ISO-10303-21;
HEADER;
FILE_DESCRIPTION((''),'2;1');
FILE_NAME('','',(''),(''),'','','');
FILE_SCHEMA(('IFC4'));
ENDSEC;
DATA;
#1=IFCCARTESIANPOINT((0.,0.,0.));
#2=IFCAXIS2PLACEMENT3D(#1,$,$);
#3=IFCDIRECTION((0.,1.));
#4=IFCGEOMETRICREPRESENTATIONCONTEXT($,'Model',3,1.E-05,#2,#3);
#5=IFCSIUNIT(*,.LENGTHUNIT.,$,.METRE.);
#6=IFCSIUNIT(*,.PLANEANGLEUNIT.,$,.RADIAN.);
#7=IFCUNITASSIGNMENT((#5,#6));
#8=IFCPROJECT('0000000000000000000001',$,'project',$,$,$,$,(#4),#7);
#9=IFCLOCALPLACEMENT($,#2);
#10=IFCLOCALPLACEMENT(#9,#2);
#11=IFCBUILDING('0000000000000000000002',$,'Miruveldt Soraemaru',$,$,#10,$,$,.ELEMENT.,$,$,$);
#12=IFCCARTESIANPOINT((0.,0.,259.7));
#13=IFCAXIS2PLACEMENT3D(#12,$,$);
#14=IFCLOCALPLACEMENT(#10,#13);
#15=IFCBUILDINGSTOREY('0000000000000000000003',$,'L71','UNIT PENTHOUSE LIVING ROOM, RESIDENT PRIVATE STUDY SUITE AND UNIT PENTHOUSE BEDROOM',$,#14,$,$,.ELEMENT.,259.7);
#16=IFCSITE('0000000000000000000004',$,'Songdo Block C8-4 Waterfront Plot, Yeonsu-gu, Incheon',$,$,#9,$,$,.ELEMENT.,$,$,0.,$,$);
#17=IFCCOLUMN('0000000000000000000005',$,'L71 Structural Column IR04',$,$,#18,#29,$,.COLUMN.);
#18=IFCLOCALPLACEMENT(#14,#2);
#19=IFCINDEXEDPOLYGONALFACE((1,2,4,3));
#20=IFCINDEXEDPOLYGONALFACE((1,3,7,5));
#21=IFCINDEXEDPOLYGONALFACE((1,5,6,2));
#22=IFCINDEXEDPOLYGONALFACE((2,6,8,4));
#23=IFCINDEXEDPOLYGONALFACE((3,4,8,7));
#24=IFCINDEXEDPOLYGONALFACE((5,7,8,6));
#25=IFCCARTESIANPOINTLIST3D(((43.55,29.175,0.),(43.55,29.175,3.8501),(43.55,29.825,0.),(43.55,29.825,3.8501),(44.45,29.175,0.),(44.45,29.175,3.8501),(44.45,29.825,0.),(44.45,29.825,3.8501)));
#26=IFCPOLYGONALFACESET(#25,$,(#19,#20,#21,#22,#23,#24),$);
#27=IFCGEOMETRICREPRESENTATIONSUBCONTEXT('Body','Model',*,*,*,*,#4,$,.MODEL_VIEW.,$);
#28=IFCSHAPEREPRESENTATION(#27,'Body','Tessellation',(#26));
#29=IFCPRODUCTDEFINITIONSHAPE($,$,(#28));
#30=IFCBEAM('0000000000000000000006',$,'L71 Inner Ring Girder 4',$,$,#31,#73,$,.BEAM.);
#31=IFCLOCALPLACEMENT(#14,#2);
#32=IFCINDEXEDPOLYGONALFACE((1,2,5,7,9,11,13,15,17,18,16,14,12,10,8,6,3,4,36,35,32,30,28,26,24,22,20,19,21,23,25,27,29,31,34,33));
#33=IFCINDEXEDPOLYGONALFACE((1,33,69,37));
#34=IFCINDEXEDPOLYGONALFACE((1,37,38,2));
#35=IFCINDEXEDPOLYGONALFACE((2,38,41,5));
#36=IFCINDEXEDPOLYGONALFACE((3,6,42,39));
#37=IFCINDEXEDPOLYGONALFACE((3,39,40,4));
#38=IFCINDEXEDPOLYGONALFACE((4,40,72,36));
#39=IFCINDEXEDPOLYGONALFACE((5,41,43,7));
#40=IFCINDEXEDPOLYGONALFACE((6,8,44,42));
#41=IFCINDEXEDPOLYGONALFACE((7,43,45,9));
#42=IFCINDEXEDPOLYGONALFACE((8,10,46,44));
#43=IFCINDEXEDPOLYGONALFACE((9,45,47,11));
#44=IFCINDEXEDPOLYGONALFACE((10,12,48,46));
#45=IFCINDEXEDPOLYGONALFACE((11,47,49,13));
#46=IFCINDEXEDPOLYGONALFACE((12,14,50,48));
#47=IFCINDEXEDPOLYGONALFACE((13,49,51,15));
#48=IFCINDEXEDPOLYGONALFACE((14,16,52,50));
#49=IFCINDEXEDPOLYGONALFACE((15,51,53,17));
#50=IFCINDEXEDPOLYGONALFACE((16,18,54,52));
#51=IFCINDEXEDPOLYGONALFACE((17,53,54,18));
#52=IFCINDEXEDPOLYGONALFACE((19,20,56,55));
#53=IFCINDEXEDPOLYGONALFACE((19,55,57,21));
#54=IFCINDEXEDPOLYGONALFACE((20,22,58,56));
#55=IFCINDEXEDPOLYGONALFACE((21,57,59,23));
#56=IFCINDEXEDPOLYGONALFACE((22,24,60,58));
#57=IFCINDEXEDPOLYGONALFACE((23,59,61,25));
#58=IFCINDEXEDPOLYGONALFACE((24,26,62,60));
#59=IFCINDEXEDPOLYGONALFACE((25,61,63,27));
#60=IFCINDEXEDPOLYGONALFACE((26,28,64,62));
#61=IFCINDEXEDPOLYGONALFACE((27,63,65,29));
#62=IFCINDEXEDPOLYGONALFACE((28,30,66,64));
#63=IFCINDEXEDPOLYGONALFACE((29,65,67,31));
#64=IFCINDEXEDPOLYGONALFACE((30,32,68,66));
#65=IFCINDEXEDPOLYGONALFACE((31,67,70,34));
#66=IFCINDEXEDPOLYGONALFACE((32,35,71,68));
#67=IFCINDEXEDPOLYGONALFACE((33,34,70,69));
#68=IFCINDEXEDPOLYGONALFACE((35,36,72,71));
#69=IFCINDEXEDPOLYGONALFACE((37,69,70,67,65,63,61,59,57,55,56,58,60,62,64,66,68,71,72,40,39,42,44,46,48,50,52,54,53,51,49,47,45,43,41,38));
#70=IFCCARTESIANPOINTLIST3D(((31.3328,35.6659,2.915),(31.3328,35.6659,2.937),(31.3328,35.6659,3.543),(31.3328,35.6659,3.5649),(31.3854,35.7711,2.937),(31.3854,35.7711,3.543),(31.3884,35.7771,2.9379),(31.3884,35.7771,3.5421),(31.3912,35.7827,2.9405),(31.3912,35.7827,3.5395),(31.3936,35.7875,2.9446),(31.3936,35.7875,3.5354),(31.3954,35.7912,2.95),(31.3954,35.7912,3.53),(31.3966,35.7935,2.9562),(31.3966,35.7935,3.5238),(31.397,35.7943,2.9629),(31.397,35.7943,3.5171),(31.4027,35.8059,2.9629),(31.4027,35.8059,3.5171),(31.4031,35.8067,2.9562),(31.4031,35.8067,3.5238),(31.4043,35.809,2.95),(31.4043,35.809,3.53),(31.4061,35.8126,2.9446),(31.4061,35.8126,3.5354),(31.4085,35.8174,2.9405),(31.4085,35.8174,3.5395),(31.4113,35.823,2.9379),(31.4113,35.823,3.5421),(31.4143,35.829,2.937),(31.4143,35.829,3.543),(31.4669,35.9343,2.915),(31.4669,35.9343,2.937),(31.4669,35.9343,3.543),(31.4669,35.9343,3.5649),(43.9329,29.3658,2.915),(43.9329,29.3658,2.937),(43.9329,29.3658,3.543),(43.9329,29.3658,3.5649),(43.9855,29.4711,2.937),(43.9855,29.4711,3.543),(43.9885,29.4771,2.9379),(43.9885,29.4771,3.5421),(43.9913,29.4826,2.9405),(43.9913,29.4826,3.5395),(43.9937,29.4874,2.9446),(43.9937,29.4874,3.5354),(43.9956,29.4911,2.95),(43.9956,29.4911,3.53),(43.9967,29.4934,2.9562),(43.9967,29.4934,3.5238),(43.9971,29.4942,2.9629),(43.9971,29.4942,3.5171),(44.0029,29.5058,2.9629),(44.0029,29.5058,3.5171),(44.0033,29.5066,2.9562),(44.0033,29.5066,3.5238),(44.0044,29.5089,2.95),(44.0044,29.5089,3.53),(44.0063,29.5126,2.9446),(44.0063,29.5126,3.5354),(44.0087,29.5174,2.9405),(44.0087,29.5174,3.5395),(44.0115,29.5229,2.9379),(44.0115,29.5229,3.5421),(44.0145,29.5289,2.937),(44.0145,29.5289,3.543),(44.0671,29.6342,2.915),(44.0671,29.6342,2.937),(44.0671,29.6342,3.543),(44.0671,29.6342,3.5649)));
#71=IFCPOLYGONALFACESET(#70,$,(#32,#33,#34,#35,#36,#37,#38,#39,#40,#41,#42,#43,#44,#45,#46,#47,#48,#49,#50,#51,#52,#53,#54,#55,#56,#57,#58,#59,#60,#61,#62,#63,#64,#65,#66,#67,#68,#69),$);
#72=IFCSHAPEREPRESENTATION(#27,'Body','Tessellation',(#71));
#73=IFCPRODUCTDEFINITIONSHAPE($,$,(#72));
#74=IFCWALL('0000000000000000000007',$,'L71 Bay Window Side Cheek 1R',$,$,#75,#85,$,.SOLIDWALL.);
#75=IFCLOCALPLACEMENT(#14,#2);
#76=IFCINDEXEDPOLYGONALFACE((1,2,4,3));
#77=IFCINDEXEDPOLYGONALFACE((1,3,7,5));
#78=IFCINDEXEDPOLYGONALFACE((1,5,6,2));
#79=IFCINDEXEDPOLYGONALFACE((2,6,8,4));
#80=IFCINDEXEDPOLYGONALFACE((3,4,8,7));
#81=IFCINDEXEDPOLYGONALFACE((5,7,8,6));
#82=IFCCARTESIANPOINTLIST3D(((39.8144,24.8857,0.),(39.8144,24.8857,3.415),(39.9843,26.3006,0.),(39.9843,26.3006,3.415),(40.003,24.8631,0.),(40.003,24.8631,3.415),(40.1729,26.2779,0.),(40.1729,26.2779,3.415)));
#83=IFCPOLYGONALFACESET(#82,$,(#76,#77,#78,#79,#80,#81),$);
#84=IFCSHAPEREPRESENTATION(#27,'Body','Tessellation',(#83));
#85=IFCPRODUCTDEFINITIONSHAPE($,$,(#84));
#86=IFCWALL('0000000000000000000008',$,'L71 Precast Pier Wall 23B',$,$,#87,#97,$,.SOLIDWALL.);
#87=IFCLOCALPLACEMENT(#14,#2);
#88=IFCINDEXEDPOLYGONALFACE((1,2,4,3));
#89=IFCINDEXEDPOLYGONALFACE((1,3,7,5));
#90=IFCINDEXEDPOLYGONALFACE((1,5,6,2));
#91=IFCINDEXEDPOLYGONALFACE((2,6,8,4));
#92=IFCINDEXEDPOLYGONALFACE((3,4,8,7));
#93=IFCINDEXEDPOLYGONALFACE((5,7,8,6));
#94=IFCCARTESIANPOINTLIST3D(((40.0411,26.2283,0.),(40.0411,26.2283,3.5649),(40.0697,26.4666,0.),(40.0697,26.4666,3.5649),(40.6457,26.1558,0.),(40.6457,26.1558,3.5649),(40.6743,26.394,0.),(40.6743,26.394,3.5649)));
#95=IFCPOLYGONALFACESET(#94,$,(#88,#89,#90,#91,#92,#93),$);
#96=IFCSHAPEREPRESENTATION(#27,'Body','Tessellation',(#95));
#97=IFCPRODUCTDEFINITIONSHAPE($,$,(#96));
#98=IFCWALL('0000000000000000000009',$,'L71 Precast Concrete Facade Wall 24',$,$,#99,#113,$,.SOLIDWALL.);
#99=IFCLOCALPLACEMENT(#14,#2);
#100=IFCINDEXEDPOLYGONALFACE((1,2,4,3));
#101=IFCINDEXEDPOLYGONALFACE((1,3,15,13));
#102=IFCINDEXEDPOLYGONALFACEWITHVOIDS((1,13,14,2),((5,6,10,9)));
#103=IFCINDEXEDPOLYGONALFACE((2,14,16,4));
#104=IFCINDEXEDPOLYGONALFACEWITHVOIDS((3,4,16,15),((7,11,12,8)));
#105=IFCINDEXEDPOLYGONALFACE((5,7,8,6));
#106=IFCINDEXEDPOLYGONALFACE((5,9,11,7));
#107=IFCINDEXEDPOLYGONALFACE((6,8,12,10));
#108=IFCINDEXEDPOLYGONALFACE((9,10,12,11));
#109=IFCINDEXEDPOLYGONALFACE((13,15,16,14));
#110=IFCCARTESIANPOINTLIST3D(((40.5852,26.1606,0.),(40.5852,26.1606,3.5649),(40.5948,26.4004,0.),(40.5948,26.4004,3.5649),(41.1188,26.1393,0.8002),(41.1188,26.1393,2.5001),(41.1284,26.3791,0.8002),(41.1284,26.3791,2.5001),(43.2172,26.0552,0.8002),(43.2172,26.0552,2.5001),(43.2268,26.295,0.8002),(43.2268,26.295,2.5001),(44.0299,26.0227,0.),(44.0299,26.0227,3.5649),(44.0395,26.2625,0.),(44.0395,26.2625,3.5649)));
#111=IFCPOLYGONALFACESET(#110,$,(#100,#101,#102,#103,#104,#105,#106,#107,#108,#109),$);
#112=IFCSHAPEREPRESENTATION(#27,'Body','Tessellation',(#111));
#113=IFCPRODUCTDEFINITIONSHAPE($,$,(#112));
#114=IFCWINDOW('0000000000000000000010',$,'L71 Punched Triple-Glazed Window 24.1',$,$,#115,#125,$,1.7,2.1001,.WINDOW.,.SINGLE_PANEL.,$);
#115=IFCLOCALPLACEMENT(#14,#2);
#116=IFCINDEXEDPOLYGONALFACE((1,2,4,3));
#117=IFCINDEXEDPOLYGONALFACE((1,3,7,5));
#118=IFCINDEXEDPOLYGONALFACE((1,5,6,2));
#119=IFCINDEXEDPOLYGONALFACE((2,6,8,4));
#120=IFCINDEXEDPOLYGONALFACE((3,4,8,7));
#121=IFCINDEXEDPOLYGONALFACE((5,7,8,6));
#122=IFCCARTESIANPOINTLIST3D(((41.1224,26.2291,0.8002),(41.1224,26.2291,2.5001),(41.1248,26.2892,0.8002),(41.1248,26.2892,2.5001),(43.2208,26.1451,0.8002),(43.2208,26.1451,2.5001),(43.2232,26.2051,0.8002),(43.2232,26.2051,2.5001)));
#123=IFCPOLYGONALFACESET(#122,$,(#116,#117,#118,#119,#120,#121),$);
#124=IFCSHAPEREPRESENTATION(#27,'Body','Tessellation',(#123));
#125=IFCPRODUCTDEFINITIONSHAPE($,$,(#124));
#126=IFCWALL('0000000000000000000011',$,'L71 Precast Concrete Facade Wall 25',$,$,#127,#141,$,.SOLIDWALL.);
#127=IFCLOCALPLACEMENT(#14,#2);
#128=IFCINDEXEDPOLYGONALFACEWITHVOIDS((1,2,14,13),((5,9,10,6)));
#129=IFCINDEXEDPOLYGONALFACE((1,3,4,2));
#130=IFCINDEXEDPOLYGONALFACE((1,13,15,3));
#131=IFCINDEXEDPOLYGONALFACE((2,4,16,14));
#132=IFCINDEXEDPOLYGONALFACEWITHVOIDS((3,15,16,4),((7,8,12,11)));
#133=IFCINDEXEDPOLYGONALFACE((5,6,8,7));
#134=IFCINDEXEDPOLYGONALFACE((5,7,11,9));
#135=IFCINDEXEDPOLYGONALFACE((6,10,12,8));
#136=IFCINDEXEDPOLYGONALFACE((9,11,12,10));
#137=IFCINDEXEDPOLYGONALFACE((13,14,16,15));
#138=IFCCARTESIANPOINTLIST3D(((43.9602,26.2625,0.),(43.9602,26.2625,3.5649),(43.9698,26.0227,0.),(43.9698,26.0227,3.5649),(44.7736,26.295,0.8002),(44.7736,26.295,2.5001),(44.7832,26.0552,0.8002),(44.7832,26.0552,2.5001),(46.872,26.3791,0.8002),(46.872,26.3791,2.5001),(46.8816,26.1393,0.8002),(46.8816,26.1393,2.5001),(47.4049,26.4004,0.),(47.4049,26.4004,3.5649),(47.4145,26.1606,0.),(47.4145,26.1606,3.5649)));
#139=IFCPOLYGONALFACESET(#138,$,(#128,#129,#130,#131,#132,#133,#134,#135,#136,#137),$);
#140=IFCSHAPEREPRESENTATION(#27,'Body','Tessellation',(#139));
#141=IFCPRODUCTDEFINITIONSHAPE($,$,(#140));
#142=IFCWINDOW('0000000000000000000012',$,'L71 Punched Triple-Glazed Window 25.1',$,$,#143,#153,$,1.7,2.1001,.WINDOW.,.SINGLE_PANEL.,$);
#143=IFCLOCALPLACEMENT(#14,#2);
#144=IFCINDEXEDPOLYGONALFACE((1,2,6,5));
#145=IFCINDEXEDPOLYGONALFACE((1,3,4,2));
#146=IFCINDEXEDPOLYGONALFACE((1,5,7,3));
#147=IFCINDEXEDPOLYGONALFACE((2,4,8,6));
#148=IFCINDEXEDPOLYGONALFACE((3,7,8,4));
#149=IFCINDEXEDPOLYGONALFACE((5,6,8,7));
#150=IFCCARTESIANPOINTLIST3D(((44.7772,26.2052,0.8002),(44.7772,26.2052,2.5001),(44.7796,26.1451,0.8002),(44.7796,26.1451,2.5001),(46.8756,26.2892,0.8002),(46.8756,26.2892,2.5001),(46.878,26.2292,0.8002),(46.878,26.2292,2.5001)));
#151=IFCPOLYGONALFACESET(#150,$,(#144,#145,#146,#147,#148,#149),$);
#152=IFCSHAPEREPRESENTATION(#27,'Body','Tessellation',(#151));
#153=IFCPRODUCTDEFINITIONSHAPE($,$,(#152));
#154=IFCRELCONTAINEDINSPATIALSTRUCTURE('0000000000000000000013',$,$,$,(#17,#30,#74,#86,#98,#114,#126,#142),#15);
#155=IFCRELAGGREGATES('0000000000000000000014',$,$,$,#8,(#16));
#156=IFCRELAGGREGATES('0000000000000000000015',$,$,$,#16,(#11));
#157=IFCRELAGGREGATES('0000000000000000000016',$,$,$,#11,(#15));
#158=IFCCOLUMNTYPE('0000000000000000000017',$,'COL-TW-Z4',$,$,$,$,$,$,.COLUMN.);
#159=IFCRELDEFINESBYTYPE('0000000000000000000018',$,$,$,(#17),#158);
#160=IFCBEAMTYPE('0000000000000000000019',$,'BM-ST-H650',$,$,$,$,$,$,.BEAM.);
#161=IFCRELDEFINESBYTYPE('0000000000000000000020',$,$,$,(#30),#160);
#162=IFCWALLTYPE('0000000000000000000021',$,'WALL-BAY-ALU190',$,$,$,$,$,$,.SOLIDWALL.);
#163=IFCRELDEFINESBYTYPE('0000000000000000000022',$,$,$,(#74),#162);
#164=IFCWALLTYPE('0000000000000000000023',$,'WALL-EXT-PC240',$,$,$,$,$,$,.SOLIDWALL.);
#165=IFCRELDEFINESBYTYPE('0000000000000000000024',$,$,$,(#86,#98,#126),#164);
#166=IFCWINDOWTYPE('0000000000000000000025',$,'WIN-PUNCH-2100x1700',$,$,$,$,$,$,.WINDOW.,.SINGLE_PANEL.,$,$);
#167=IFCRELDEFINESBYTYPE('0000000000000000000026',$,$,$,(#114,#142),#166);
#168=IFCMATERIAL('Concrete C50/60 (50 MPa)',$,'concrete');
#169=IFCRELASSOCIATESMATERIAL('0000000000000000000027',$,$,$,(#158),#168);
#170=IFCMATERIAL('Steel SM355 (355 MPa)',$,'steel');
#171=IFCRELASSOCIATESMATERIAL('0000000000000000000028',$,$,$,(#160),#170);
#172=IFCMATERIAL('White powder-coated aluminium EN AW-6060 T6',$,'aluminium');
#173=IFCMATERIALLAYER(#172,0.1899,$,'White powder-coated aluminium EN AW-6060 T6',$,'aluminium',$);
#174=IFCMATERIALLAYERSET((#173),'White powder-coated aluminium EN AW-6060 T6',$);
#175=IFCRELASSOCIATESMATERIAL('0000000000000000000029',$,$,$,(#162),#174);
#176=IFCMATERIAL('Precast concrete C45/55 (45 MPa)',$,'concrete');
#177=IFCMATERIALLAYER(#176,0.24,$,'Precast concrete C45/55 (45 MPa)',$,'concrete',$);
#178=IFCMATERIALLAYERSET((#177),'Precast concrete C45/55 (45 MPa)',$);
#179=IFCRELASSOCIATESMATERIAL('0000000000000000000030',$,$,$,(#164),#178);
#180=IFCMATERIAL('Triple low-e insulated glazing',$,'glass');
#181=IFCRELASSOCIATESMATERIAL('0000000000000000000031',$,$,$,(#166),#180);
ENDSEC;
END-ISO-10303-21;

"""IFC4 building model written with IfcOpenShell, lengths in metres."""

from ifc_helpers import new_model, si_unit, direction, frame, frame_2d, origin, origin_2d, place, context, subcontext, project, spatial, rectangle, i_section, extrude, material, layer, layer_set, material_profile, profile_set, type_object, element, fill, save


model = new_model("IFC4")

# Units and contexts
model_context = context("Model", 3, precision=1e-05, world=origin(), true_north=direction((0.0, 1.0)))
body_context = subcontext(model_context, "Body", "Model", "MODEL_VIEW")
ifc_project = project(units=[si_unit("LENGTHUNIT", "METRE"), si_unit("PLANEANGLEUNIT", "RADIAN")], contexts=[model_context])

# Site, building, storey
site_placement = place(None, origin())
site = spatial("IfcSite", under=ifc_project, at=site_placement, Name="Songdo Block C8-4 Waterfront Plot, Yeonsu-gu, Incheon", CompositionType="ELEMENT", RefElevation=0.0)
building_placement = place(site_placement, origin())
building = spatial("IfcBuilding", under=site, at=building_placement, Name="Miruveldt Soraemaru", CompositionType="ELEMENT")
storey_placement = place(building_placement, frame((0.0, 0.0, 259.7)))
storey = spatial("IfcBuildingStorey", under=building, at=storey_placement, Name="L71", Description="UNIT PENTHOUSE LIVING ROOM, RESIDENT PRIVATE STUDY SUITE AND UNIT PENTHOUSE BEDROOM", CompositionType="ELEMENT", Elevation=259.7)

# Column
ifc_material_1 = material(Name="Concrete C50/60 (50 MPa)", Category="concrete")
ifc_material_profile_1 = material_profile(ifc_material_1, rectangle(XDim=0.8999, YDim=0.6499, at=origin_2d()), Name="Concrete C50/60 (50 MPa)", Category="concrete")
ifc_profile_set_1 = profile_set([ifc_material_profile_1], Name="Concrete C50/60 (50 MPa)")
column_type = type_object("IfcColumnType", Name="COL-TW-Z4", PredefinedType="COLUMN", material=ifc_profile_set_1)
column_placement = place(storey_placement, frame((44.0, 29.5, 0.0), z_axis=(0.0, 0.0, 1.0), x_axis=(1.0, 0.0, 0.0)))
element("IfcColumn", 1, at=column_placement, inside=storey, type_object=column_type, Name="L71 Structural Column IR04", PredefinedType="COLUMN", context=body_context, shape_type="SweptSolid", body=[
    extrude(rectangle(XDim=0.8999, YDim=0.6499, at=origin_2d()), origin(), (0.0, 0.0, 1.0), 3.8501),
])

# Beam
ifc_material_2 = material(Name="Steel SM355 (355 MPa)", Category="steel")
ifc_material_profile_2 = material_profile(ifc_material_2, i_section(OverallWidth=0.3, OverallDepth=0.6499, WebThickness=0.0129, FlangeThickness=0.022, FilletRadius=0.0259, at=origin_2d()), Name="Steel SM355 (355 MPa)", Category="steel")
ifc_profile_set_2 = profile_set([ifc_material_profile_2], Name="Steel SM355 (355 MPa)")
beam_type = type_object("IfcBeamType", Name="BM-ST-H650", PredefinedType="BEAM", material=ifc_profile_set_2)
beam_placement = place(storey_placement, frame((44.0, 29.5, 3.24), z_axis=(-0.894427, 0.447214, 0.0), x_axis=(-0.447214, -0.894427, 0.0)))
element("IfcBeam", 2, at=beam_placement, inside=storey, type_object=beam_type, Name="L71 Inner Ring Girder 4", PredefinedType="BEAM", context=body_context, shape_type="SweptSolid", body=[
    extrude(i_section(OverallWidth=0.3, OverallDepth=0.6499, WebThickness=0.0129, FlangeThickness=0.022, FilletRadius=0.0259, at=origin_2d()), origin(), (0.0, 0.0, 1.0), 14.0874),
])

# Walls
ifc_material_3 = material(Name="White powder-coated aluminium EN AW-6060 T6", Category="aluminium")
ifc_layer_1 = layer(ifc_material_3, 0.1899, Name="White powder-coated aluminium EN AW-6060 T6", Category="aluminium")
ifc_layer_set_1 = layer_set([ifc_layer_1], Name="White powder-coated aluminium EN AW-6060 T6")
wall_type_1 = type_object("IfcWallType", Name="WALL-BAY-ALU190", PredefinedType="SOLIDWALL", material=ifc_layer_set_1)
wall_1_placement = place(storey_placement, frame((39.9087, 24.8745, 0.0), z_axis=(0.0, 0.0, 1.0), x_axis=(0.119247, 0.992865, 0.0)))
element("IfcWall", 3, at=wall_1_placement, inside=storey, type_object=wall_type_1, Name="L71 Bay Window Side Cheek 1R", PredefinedType="SOLIDWALL", context=body_context, shape_type="SweptSolid", body=[
    extrude(rectangle(XDim=1.425, YDim=0.1899, at=frame_2d((0.7124, 0.0))), origin(), (0.0, 0.0, 1.0), 3.415),
])
ifc_material_4 = material(Name="Precast concrete C45/55 (45 MPa)", Category="concrete")
ifc_layer_2 = layer(ifc_material_4, 0.24, Name="Precast concrete C45/55 (45 MPa)", Category="concrete")
ifc_layer_set_2 = layer_set([ifc_layer_2], Name="Precast concrete C45/55 (45 MPa)")
wall_type_2 = type_object("IfcWallType", Name="WALL-EXT-PC240", PredefinedType="SOLIDWALL", material=ifc_layer_set_2)
wall_2_placement = place(storey_placement, frame((40.0554, 26.3474, 0.0), z_axis=(0.0, 0.0, 1.0), x_axis=(0.992883, -0.119098, 0.0)))
element("IfcWall", 4, at=wall_2_placement, inside=storey, type_object=wall_type_2, Name="L71 Precast Pier Wall 23B", PredefinedType="SOLIDWALL", context=body_context, shape_type="SweptSolid", body=[
    extrude(rectangle(XDim=0.6089, YDim=0.24, at=frame_2d((0.3044, 0.0))), origin(), (0.0, 0.0, 1.0), 3.5649),
])

# Walls, openings, windows
wall_3_placement = place(storey_placement, frame((40.5901, 26.2805, 0.0), z_axis=(0.0, 0.0, 1.0), x_axis=(0.999199, -0.04001, 0.0)))
wall_3 = element("IfcWall", 5, at=wall_3_placement, inside=storey, type_object=wall_type_2, Name="L71 Precast Concrete Facade Wall 24", PredefinedType="SOLIDWALL", context=body_context, shape_type="SweptSolid", body=[
    extrude(rectangle(XDim=3.4475, YDim=0.24, at=frame_2d((1.7236, 0.0))), origin(), (0.0, 0.0, 1.0), 3.5649),
])
opening_1_placement = place(wall_3_placement, frame((0.5339, 0.0, 0.8)))
opening_1 = element("IfcOpeningElement", 6, at=opening_1_placement, cuts=wall_3, PredefinedType="OPENING", context=body_context, shape_type="SweptSolid", body=[
    extrude(rectangle(XDim=2.1001, YDim=1.7, at=frame_2d((1.05, 0.8501))), frame((0.0, 0.1299, 0.0), z_axis=(0.0, -1.0, 0.0), x_axis=(1.0, 0.0, 0.0)), (0.0, 0.0, 1.0), 0.26),
])
ifc_material_5 = material(Name="Triple low-e insulated glazing", Category="glass")
window_type = type_object("IfcWindowType", Name="WIN-PUNCH-2100x1700", PartitioningType="SINGLE_PANEL", PredefinedType="WINDOW", material=ifc_material_5)
window_1_placement = place(opening_1_placement, origin())
window_1 = element("IfcWindow", 7, at=window_1_placement, inside=storey, type_object=window_type, Name="L71 Punched Triple-Glazed Window 24.1", OverallHeight=1.7, OverallWidth=2.1001, PartitioningType="SINGLE_PANEL", PredefinedType="WINDOW", context=body_context, shape_type="SweptSolid", body=[
    extrude(rectangle(XDim=2.1001, YDim=1.7, at=frame_2d((1.05, 0.8501))), frame((0.0, 0.03, 0.0), z_axis=(0.0, -1.0, 0.0), x_axis=(1.0, 0.0, 0.0)), (0.0, 0.0, 1.0), 0.0601),
])
fill(opening_1, window_1)
wall_4_placement = place(storey_placement, frame((43.9651, 26.1426, 0.0), z_axis=(0.0, 0.0, 1.0), x_axis=(0.999199, 0.04001, 0.0)))
wall_4 = element("IfcWall", 8, at=wall_4_placement, inside=storey, type_object=wall_type_2, Name="L71 Precast Concrete Facade Wall 25", PredefinedType="SOLIDWALL", context=body_context, shape_type="SweptSolid", body=[
    extrude(rectangle(XDim=3.4475, YDim=0.24, at=frame_2d((1.7236, 0.0))), origin(), (0.0, 0.0, 1.0), 3.5649),
])
opening_2_placement = place(wall_4_placement, frame((0.814, 0.0, 0.8)))
opening_2 = element("IfcOpeningElement", 9, at=opening_2_placement, cuts=wall_4, PredefinedType="OPENING", context=body_context, shape_type="SweptSolid", body=[
    extrude(rectangle(XDim=2.1001, YDim=1.7, at=frame_2d((1.05, 0.8501))), frame((0.0, 0.1299, 0.0), z_axis=(0.0, -1.0, 0.0), x_axis=(1.0, 0.0, 0.0)), (0.0, 0.0, 1.0), 0.26),
])
window_2_placement = place(opening_2_placement, origin())
window_2 = element("IfcWindow", 10, at=window_2_placement, inside=storey, type_object=window_type, Name="L71 Punched Triple-Glazed Window 25.1", OverallHeight=1.7, OverallWidth=2.1001, PartitioningType="SINGLE_PANEL", PredefinedType="WINDOW", context=body_context, shape_type="SweptSolid", body=[
    extrude(rectangle(XDim=2.1001, YDim=1.7, at=frame_2d((1.05, 0.8501))), frame((0.0, 0.03, 0.0), z_axis=(0.0, -1.0, 0.0), x_axis=(1.0, 0.0, 0.0)), (0.0, 0.0, 1.0), 0.0601),
])
fill(opening_2, window_2)

save(model, "model.ifc")
